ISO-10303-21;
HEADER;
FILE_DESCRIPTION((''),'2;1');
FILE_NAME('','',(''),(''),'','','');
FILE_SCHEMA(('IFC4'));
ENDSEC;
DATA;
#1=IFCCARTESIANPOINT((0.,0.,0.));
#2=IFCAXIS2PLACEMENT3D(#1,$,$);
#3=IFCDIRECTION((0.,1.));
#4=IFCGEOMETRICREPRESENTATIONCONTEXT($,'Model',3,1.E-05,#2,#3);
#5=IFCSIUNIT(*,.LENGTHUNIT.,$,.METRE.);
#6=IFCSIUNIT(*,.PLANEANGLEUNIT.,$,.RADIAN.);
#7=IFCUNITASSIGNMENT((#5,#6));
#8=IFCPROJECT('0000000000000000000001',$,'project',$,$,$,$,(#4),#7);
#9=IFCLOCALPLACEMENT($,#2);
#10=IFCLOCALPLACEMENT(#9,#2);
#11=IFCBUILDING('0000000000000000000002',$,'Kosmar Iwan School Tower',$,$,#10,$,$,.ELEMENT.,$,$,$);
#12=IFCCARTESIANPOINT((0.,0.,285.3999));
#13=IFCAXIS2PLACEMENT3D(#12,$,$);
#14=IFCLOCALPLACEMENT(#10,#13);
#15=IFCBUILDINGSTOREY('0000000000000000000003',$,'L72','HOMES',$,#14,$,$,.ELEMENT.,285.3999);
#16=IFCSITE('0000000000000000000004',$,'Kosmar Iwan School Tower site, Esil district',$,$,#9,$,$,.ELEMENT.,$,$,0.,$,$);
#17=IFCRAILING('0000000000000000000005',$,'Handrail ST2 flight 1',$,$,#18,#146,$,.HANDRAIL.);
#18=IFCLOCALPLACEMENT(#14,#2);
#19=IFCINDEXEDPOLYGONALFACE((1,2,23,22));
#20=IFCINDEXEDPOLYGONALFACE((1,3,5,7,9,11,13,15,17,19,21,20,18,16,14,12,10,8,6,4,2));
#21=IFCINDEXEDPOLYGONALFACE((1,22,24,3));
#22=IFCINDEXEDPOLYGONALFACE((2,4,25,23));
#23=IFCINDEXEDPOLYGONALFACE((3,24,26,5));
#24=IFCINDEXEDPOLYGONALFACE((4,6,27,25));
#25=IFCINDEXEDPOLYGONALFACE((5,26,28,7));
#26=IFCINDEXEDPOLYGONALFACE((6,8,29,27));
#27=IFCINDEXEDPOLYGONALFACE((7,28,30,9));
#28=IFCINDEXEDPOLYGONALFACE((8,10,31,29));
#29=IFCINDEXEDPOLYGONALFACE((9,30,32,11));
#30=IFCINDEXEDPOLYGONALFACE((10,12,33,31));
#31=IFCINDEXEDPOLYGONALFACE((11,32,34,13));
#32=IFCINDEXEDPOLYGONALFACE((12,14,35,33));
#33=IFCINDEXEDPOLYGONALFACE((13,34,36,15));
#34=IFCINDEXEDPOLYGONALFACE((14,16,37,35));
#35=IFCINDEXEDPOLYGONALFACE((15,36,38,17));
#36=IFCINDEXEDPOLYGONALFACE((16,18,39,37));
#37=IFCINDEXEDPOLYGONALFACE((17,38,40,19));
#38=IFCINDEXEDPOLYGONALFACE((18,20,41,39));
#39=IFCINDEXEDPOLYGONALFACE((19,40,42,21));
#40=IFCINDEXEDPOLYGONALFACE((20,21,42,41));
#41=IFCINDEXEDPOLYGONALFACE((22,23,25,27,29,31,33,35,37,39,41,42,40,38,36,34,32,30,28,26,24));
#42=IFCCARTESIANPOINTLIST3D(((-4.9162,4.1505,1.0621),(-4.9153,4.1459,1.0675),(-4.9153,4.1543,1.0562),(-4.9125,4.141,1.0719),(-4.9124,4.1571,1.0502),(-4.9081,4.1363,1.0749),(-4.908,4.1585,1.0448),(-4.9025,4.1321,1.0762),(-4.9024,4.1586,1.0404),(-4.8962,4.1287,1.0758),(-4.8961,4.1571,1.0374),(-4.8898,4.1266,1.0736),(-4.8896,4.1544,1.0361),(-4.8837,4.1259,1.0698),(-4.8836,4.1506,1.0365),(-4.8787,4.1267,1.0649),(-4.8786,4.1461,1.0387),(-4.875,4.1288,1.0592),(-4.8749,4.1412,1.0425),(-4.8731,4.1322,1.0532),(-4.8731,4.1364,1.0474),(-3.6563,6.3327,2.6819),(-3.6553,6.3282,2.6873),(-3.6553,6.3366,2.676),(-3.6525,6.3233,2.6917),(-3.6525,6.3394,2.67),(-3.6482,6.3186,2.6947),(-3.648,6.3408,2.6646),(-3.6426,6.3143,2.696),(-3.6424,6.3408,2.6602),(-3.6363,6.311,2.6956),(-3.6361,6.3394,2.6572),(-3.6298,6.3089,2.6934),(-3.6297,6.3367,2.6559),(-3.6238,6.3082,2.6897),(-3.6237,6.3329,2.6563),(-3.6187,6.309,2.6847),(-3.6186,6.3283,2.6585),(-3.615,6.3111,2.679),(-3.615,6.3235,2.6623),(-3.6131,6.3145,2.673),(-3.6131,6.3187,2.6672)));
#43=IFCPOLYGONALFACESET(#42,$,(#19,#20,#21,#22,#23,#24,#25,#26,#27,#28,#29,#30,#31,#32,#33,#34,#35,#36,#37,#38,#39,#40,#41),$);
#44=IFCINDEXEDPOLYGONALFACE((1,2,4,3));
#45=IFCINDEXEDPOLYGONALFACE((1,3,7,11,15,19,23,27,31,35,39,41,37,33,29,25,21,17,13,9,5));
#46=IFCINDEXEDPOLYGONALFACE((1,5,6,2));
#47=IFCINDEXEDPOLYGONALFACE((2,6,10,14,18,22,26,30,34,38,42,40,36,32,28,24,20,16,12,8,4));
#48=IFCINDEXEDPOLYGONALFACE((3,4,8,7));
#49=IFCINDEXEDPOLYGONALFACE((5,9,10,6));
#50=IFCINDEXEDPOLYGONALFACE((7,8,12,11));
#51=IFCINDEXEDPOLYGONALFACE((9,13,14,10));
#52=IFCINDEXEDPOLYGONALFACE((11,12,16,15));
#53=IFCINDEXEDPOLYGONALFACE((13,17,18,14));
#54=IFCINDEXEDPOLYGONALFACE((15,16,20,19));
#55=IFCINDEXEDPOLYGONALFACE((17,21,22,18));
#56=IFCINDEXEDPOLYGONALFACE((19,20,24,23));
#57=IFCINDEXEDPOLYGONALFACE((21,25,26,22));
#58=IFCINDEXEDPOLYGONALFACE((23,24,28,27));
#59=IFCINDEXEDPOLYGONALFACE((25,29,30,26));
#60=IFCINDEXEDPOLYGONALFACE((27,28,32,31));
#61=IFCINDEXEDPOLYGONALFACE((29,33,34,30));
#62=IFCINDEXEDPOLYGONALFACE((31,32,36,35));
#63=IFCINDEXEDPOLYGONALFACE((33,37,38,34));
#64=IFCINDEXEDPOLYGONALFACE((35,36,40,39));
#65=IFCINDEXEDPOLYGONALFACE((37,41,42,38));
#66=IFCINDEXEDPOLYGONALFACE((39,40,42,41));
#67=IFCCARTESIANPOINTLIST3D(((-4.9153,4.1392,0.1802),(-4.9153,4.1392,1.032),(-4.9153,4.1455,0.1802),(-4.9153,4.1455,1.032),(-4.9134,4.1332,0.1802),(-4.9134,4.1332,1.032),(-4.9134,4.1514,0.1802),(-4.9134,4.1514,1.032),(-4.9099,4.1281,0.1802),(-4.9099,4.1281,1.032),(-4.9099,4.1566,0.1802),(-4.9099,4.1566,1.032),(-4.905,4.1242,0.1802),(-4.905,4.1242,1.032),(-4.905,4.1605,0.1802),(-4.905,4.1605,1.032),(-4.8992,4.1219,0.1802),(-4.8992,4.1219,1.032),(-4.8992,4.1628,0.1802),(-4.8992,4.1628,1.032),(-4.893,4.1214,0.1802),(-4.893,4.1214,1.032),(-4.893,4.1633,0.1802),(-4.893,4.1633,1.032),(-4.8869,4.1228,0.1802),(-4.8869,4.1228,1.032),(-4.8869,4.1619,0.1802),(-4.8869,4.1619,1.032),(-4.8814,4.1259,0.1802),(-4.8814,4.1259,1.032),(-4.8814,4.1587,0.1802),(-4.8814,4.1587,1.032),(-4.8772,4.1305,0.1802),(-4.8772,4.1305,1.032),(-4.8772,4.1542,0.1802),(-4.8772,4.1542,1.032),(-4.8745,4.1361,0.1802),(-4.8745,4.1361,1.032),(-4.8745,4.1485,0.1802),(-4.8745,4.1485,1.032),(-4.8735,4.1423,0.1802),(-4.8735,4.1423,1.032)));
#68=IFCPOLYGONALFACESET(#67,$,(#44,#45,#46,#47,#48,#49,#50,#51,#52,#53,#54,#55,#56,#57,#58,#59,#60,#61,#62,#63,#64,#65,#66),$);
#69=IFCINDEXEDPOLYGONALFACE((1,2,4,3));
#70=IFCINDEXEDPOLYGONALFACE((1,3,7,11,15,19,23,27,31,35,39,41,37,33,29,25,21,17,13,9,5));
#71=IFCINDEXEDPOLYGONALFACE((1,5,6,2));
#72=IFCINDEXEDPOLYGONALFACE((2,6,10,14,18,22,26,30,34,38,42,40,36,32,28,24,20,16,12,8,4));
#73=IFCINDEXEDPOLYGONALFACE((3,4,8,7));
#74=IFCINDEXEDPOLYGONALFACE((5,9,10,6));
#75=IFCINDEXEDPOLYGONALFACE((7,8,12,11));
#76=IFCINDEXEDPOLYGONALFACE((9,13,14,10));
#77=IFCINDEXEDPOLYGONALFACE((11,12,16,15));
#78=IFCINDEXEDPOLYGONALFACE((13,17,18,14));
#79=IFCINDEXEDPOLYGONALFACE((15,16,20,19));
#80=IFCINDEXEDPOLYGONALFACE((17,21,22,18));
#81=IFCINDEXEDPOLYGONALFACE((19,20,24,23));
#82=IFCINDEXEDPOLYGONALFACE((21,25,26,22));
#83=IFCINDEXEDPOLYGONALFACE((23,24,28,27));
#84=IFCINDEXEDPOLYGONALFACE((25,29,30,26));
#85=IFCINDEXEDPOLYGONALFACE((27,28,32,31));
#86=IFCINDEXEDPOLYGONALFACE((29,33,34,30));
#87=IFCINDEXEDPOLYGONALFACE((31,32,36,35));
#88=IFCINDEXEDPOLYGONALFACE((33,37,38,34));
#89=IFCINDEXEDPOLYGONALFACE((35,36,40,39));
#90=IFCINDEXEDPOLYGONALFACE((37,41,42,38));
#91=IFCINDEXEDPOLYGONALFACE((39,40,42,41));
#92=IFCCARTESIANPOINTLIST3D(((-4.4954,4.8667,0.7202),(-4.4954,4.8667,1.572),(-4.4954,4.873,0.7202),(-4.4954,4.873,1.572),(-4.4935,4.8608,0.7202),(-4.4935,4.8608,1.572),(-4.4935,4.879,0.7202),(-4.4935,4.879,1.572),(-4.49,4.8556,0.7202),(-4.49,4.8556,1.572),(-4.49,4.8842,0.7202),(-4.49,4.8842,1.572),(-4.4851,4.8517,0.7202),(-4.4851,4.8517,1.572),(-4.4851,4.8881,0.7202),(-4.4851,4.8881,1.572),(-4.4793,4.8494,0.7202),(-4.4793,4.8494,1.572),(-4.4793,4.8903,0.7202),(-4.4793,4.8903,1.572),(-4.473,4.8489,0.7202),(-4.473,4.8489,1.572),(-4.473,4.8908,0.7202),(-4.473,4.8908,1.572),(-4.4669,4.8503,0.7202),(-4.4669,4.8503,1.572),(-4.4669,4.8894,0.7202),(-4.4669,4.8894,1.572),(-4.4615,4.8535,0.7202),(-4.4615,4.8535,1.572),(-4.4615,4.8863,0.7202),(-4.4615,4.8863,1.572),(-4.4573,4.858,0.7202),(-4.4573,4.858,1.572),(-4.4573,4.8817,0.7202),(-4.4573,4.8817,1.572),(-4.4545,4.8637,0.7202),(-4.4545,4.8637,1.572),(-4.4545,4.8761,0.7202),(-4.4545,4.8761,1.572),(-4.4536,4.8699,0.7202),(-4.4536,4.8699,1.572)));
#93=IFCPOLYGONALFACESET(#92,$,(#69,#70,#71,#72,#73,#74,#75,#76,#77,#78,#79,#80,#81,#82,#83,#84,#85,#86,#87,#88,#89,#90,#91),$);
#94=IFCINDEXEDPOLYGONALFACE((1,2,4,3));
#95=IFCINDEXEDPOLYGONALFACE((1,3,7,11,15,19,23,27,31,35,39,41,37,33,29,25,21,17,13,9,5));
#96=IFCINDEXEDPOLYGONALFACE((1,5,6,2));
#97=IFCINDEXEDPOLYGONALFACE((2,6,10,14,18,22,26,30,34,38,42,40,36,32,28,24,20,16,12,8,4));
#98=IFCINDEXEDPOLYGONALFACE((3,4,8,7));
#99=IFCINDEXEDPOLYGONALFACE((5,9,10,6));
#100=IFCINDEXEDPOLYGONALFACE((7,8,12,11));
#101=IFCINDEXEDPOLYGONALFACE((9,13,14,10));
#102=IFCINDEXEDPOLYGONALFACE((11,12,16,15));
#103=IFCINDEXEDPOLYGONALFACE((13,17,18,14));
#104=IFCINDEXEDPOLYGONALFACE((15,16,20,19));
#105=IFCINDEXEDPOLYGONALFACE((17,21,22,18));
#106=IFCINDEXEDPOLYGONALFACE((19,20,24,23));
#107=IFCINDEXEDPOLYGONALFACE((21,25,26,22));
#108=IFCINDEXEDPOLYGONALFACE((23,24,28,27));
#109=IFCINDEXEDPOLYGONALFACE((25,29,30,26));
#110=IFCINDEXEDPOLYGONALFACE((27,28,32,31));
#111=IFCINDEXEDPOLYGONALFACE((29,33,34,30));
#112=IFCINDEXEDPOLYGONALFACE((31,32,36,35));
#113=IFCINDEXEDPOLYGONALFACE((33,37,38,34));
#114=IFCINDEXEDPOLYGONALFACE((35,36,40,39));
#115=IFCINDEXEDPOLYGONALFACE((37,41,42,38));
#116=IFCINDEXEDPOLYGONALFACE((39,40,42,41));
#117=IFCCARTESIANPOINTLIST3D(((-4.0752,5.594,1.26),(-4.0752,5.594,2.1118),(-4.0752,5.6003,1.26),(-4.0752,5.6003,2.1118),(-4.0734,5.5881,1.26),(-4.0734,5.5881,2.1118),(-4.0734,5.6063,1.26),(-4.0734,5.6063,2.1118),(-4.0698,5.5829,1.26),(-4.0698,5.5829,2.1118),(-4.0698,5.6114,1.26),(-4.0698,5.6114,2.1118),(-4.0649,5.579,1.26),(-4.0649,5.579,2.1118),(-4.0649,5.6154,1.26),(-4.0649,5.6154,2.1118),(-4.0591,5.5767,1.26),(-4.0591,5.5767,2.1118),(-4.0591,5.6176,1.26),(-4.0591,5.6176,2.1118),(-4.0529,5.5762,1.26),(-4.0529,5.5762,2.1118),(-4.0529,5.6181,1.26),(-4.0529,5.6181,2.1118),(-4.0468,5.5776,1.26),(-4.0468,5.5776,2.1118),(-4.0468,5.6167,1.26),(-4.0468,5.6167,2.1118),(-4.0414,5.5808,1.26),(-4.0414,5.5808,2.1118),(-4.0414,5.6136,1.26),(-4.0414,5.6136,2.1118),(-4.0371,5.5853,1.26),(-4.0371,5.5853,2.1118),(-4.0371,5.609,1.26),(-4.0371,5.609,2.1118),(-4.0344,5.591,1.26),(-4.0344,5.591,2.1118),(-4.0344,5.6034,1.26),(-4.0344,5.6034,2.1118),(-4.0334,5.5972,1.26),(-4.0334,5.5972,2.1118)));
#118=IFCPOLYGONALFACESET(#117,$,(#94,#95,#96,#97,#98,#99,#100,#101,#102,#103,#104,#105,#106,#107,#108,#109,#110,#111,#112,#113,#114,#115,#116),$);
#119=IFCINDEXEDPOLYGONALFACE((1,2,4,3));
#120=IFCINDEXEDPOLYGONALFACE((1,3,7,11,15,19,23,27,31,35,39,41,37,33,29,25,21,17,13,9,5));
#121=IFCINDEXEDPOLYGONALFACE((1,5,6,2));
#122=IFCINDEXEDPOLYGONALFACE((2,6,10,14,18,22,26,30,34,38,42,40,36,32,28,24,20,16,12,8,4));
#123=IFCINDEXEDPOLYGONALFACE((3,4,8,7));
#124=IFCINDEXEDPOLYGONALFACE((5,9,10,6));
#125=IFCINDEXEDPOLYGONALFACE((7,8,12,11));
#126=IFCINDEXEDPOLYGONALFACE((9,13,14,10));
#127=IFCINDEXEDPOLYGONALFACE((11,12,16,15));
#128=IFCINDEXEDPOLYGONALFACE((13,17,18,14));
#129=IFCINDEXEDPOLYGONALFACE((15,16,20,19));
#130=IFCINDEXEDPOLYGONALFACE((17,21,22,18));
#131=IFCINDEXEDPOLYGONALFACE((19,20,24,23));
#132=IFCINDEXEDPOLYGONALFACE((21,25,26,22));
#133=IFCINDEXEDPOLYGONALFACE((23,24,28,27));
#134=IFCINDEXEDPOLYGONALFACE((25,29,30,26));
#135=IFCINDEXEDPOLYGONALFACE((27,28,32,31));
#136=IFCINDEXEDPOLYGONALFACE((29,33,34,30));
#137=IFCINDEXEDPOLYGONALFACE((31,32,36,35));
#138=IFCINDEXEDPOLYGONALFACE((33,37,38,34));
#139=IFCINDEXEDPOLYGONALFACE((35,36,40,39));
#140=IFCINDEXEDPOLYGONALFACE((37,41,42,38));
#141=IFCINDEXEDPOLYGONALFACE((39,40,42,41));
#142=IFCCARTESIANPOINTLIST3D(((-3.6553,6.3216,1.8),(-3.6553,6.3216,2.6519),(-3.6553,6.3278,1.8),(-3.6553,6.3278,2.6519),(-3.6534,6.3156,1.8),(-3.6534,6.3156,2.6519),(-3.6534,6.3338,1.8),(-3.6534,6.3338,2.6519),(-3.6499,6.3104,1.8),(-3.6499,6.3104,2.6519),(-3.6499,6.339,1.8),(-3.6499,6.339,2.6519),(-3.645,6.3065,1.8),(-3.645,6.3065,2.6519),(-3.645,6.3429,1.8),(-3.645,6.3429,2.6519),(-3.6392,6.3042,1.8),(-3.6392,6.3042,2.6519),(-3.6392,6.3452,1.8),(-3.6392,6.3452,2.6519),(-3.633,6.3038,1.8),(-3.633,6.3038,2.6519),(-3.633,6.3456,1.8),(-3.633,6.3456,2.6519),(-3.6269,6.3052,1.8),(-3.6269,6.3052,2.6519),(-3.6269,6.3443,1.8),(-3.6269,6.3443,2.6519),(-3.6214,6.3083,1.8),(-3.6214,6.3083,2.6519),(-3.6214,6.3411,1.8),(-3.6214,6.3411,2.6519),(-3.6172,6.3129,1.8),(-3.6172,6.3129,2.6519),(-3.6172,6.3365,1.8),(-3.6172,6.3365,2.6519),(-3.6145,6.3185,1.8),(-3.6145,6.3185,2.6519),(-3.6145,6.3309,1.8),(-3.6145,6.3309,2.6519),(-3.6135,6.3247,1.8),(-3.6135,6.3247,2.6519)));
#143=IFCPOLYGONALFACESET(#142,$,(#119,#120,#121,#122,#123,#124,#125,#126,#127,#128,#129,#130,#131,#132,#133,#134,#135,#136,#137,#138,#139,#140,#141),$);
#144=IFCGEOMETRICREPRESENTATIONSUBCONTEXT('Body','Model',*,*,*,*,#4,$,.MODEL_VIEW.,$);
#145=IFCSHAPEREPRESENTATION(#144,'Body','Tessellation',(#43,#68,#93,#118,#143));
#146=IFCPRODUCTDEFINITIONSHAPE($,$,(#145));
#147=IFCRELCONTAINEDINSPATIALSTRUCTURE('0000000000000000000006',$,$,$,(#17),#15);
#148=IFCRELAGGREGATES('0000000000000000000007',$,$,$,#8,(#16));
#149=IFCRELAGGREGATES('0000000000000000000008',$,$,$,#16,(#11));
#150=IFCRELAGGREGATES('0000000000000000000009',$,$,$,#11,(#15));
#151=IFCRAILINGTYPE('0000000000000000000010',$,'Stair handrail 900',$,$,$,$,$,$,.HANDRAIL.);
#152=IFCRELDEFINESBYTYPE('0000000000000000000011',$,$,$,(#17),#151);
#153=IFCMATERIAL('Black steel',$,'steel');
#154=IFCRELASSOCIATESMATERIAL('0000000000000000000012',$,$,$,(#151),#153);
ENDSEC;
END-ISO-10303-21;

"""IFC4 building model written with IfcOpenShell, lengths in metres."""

from ifc_helpers import new_model, si_unit, direction, frame, origin, origin_2d, place, context, subcontext, project, spatial, circle, extrude, material, type_object, element, save


model = new_model("IFC4")

# Units and contexts
model_context = context("Model", 3, precision=1e-05, world=origin(), true_north=direction((0.0, 1.0)))
body_context = subcontext(model_context, "Body", "Model", "MODEL_VIEW")
ifc_project = project(units=[si_unit("LENGTHUNIT", "METRE"), si_unit("PLANEANGLEUNIT", "RADIAN")], contexts=[model_context])

# Site, building, storey
site_placement = place(None, origin())
site = spatial("IfcSite", under=ifc_project, at=site_placement, Name="Kosmar Iwan School Tower site, Esil district", CompositionType="ELEMENT", RefElevation=0.0)
building_placement = place(site_placement, origin())
building = spatial("IfcBuilding", under=site, at=building_placement, Name="Kosmar Iwan School Tower", CompositionType="ELEMENT")
storey_placement = place(building_placement, frame((0.0, 0.0, 285.3999)))
storey = spatial("IfcBuildingStorey", under=building, at=storey_placement, Name="L72", Description="HOMES", CompositionType="ELEMENT", Elevation=285.3999)

# Railing
ifc_material_1 = material(Name="Black steel", Category="steel")
railing_type = type_object("IfcRailingType", Name="Stair handrail 900", PredefinedType="HANDRAIL", material=ifc_material_1)
railing_placement = place(storey_placement, frame((-4.8945, 4.1423, 0.1802)))
element("IfcRailing", 1, at=railing_placement, inside=storey, type_object=railing_type, Name="Handrail ST2 flight 1", PredefinedType="HANDRAIL", context=body_context, shape_type="SweptSolid", body=[
    extrude(circle(Radius=0.0239, at=origin_2d()), frame((0.0, 0.0, 0.876), z_axis=(0.420603, 0.728496, 0.540728), x_axis=(-0.866023, 0.500005, 0.0)), (0.0, 0.0, 1.0), 2.9956),
    extrude(circle(Radius=0.021, at=origin_2d()), origin(), (0.0, 0.0, 1.0), 0.8518),
    extrude(circle(Radius=0.021, at=origin_2d()), frame((0.4199, 0.7275, 0.54)), (0.0, 0.0, 1.0), 0.8518),
    extrude(circle(Radius=0.021, at=origin_2d()), frame((0.8401, 1.4548, 1.0798)), (0.0, 0.0, 1.0), 0.8518),
    extrude(circle(Radius=0.021, at=origin_2d()), frame((1.26, 2.1824, 1.6199)), (0.0, 0.0, 1.0), 0.8518),
])

save(model, "model.ifc")
